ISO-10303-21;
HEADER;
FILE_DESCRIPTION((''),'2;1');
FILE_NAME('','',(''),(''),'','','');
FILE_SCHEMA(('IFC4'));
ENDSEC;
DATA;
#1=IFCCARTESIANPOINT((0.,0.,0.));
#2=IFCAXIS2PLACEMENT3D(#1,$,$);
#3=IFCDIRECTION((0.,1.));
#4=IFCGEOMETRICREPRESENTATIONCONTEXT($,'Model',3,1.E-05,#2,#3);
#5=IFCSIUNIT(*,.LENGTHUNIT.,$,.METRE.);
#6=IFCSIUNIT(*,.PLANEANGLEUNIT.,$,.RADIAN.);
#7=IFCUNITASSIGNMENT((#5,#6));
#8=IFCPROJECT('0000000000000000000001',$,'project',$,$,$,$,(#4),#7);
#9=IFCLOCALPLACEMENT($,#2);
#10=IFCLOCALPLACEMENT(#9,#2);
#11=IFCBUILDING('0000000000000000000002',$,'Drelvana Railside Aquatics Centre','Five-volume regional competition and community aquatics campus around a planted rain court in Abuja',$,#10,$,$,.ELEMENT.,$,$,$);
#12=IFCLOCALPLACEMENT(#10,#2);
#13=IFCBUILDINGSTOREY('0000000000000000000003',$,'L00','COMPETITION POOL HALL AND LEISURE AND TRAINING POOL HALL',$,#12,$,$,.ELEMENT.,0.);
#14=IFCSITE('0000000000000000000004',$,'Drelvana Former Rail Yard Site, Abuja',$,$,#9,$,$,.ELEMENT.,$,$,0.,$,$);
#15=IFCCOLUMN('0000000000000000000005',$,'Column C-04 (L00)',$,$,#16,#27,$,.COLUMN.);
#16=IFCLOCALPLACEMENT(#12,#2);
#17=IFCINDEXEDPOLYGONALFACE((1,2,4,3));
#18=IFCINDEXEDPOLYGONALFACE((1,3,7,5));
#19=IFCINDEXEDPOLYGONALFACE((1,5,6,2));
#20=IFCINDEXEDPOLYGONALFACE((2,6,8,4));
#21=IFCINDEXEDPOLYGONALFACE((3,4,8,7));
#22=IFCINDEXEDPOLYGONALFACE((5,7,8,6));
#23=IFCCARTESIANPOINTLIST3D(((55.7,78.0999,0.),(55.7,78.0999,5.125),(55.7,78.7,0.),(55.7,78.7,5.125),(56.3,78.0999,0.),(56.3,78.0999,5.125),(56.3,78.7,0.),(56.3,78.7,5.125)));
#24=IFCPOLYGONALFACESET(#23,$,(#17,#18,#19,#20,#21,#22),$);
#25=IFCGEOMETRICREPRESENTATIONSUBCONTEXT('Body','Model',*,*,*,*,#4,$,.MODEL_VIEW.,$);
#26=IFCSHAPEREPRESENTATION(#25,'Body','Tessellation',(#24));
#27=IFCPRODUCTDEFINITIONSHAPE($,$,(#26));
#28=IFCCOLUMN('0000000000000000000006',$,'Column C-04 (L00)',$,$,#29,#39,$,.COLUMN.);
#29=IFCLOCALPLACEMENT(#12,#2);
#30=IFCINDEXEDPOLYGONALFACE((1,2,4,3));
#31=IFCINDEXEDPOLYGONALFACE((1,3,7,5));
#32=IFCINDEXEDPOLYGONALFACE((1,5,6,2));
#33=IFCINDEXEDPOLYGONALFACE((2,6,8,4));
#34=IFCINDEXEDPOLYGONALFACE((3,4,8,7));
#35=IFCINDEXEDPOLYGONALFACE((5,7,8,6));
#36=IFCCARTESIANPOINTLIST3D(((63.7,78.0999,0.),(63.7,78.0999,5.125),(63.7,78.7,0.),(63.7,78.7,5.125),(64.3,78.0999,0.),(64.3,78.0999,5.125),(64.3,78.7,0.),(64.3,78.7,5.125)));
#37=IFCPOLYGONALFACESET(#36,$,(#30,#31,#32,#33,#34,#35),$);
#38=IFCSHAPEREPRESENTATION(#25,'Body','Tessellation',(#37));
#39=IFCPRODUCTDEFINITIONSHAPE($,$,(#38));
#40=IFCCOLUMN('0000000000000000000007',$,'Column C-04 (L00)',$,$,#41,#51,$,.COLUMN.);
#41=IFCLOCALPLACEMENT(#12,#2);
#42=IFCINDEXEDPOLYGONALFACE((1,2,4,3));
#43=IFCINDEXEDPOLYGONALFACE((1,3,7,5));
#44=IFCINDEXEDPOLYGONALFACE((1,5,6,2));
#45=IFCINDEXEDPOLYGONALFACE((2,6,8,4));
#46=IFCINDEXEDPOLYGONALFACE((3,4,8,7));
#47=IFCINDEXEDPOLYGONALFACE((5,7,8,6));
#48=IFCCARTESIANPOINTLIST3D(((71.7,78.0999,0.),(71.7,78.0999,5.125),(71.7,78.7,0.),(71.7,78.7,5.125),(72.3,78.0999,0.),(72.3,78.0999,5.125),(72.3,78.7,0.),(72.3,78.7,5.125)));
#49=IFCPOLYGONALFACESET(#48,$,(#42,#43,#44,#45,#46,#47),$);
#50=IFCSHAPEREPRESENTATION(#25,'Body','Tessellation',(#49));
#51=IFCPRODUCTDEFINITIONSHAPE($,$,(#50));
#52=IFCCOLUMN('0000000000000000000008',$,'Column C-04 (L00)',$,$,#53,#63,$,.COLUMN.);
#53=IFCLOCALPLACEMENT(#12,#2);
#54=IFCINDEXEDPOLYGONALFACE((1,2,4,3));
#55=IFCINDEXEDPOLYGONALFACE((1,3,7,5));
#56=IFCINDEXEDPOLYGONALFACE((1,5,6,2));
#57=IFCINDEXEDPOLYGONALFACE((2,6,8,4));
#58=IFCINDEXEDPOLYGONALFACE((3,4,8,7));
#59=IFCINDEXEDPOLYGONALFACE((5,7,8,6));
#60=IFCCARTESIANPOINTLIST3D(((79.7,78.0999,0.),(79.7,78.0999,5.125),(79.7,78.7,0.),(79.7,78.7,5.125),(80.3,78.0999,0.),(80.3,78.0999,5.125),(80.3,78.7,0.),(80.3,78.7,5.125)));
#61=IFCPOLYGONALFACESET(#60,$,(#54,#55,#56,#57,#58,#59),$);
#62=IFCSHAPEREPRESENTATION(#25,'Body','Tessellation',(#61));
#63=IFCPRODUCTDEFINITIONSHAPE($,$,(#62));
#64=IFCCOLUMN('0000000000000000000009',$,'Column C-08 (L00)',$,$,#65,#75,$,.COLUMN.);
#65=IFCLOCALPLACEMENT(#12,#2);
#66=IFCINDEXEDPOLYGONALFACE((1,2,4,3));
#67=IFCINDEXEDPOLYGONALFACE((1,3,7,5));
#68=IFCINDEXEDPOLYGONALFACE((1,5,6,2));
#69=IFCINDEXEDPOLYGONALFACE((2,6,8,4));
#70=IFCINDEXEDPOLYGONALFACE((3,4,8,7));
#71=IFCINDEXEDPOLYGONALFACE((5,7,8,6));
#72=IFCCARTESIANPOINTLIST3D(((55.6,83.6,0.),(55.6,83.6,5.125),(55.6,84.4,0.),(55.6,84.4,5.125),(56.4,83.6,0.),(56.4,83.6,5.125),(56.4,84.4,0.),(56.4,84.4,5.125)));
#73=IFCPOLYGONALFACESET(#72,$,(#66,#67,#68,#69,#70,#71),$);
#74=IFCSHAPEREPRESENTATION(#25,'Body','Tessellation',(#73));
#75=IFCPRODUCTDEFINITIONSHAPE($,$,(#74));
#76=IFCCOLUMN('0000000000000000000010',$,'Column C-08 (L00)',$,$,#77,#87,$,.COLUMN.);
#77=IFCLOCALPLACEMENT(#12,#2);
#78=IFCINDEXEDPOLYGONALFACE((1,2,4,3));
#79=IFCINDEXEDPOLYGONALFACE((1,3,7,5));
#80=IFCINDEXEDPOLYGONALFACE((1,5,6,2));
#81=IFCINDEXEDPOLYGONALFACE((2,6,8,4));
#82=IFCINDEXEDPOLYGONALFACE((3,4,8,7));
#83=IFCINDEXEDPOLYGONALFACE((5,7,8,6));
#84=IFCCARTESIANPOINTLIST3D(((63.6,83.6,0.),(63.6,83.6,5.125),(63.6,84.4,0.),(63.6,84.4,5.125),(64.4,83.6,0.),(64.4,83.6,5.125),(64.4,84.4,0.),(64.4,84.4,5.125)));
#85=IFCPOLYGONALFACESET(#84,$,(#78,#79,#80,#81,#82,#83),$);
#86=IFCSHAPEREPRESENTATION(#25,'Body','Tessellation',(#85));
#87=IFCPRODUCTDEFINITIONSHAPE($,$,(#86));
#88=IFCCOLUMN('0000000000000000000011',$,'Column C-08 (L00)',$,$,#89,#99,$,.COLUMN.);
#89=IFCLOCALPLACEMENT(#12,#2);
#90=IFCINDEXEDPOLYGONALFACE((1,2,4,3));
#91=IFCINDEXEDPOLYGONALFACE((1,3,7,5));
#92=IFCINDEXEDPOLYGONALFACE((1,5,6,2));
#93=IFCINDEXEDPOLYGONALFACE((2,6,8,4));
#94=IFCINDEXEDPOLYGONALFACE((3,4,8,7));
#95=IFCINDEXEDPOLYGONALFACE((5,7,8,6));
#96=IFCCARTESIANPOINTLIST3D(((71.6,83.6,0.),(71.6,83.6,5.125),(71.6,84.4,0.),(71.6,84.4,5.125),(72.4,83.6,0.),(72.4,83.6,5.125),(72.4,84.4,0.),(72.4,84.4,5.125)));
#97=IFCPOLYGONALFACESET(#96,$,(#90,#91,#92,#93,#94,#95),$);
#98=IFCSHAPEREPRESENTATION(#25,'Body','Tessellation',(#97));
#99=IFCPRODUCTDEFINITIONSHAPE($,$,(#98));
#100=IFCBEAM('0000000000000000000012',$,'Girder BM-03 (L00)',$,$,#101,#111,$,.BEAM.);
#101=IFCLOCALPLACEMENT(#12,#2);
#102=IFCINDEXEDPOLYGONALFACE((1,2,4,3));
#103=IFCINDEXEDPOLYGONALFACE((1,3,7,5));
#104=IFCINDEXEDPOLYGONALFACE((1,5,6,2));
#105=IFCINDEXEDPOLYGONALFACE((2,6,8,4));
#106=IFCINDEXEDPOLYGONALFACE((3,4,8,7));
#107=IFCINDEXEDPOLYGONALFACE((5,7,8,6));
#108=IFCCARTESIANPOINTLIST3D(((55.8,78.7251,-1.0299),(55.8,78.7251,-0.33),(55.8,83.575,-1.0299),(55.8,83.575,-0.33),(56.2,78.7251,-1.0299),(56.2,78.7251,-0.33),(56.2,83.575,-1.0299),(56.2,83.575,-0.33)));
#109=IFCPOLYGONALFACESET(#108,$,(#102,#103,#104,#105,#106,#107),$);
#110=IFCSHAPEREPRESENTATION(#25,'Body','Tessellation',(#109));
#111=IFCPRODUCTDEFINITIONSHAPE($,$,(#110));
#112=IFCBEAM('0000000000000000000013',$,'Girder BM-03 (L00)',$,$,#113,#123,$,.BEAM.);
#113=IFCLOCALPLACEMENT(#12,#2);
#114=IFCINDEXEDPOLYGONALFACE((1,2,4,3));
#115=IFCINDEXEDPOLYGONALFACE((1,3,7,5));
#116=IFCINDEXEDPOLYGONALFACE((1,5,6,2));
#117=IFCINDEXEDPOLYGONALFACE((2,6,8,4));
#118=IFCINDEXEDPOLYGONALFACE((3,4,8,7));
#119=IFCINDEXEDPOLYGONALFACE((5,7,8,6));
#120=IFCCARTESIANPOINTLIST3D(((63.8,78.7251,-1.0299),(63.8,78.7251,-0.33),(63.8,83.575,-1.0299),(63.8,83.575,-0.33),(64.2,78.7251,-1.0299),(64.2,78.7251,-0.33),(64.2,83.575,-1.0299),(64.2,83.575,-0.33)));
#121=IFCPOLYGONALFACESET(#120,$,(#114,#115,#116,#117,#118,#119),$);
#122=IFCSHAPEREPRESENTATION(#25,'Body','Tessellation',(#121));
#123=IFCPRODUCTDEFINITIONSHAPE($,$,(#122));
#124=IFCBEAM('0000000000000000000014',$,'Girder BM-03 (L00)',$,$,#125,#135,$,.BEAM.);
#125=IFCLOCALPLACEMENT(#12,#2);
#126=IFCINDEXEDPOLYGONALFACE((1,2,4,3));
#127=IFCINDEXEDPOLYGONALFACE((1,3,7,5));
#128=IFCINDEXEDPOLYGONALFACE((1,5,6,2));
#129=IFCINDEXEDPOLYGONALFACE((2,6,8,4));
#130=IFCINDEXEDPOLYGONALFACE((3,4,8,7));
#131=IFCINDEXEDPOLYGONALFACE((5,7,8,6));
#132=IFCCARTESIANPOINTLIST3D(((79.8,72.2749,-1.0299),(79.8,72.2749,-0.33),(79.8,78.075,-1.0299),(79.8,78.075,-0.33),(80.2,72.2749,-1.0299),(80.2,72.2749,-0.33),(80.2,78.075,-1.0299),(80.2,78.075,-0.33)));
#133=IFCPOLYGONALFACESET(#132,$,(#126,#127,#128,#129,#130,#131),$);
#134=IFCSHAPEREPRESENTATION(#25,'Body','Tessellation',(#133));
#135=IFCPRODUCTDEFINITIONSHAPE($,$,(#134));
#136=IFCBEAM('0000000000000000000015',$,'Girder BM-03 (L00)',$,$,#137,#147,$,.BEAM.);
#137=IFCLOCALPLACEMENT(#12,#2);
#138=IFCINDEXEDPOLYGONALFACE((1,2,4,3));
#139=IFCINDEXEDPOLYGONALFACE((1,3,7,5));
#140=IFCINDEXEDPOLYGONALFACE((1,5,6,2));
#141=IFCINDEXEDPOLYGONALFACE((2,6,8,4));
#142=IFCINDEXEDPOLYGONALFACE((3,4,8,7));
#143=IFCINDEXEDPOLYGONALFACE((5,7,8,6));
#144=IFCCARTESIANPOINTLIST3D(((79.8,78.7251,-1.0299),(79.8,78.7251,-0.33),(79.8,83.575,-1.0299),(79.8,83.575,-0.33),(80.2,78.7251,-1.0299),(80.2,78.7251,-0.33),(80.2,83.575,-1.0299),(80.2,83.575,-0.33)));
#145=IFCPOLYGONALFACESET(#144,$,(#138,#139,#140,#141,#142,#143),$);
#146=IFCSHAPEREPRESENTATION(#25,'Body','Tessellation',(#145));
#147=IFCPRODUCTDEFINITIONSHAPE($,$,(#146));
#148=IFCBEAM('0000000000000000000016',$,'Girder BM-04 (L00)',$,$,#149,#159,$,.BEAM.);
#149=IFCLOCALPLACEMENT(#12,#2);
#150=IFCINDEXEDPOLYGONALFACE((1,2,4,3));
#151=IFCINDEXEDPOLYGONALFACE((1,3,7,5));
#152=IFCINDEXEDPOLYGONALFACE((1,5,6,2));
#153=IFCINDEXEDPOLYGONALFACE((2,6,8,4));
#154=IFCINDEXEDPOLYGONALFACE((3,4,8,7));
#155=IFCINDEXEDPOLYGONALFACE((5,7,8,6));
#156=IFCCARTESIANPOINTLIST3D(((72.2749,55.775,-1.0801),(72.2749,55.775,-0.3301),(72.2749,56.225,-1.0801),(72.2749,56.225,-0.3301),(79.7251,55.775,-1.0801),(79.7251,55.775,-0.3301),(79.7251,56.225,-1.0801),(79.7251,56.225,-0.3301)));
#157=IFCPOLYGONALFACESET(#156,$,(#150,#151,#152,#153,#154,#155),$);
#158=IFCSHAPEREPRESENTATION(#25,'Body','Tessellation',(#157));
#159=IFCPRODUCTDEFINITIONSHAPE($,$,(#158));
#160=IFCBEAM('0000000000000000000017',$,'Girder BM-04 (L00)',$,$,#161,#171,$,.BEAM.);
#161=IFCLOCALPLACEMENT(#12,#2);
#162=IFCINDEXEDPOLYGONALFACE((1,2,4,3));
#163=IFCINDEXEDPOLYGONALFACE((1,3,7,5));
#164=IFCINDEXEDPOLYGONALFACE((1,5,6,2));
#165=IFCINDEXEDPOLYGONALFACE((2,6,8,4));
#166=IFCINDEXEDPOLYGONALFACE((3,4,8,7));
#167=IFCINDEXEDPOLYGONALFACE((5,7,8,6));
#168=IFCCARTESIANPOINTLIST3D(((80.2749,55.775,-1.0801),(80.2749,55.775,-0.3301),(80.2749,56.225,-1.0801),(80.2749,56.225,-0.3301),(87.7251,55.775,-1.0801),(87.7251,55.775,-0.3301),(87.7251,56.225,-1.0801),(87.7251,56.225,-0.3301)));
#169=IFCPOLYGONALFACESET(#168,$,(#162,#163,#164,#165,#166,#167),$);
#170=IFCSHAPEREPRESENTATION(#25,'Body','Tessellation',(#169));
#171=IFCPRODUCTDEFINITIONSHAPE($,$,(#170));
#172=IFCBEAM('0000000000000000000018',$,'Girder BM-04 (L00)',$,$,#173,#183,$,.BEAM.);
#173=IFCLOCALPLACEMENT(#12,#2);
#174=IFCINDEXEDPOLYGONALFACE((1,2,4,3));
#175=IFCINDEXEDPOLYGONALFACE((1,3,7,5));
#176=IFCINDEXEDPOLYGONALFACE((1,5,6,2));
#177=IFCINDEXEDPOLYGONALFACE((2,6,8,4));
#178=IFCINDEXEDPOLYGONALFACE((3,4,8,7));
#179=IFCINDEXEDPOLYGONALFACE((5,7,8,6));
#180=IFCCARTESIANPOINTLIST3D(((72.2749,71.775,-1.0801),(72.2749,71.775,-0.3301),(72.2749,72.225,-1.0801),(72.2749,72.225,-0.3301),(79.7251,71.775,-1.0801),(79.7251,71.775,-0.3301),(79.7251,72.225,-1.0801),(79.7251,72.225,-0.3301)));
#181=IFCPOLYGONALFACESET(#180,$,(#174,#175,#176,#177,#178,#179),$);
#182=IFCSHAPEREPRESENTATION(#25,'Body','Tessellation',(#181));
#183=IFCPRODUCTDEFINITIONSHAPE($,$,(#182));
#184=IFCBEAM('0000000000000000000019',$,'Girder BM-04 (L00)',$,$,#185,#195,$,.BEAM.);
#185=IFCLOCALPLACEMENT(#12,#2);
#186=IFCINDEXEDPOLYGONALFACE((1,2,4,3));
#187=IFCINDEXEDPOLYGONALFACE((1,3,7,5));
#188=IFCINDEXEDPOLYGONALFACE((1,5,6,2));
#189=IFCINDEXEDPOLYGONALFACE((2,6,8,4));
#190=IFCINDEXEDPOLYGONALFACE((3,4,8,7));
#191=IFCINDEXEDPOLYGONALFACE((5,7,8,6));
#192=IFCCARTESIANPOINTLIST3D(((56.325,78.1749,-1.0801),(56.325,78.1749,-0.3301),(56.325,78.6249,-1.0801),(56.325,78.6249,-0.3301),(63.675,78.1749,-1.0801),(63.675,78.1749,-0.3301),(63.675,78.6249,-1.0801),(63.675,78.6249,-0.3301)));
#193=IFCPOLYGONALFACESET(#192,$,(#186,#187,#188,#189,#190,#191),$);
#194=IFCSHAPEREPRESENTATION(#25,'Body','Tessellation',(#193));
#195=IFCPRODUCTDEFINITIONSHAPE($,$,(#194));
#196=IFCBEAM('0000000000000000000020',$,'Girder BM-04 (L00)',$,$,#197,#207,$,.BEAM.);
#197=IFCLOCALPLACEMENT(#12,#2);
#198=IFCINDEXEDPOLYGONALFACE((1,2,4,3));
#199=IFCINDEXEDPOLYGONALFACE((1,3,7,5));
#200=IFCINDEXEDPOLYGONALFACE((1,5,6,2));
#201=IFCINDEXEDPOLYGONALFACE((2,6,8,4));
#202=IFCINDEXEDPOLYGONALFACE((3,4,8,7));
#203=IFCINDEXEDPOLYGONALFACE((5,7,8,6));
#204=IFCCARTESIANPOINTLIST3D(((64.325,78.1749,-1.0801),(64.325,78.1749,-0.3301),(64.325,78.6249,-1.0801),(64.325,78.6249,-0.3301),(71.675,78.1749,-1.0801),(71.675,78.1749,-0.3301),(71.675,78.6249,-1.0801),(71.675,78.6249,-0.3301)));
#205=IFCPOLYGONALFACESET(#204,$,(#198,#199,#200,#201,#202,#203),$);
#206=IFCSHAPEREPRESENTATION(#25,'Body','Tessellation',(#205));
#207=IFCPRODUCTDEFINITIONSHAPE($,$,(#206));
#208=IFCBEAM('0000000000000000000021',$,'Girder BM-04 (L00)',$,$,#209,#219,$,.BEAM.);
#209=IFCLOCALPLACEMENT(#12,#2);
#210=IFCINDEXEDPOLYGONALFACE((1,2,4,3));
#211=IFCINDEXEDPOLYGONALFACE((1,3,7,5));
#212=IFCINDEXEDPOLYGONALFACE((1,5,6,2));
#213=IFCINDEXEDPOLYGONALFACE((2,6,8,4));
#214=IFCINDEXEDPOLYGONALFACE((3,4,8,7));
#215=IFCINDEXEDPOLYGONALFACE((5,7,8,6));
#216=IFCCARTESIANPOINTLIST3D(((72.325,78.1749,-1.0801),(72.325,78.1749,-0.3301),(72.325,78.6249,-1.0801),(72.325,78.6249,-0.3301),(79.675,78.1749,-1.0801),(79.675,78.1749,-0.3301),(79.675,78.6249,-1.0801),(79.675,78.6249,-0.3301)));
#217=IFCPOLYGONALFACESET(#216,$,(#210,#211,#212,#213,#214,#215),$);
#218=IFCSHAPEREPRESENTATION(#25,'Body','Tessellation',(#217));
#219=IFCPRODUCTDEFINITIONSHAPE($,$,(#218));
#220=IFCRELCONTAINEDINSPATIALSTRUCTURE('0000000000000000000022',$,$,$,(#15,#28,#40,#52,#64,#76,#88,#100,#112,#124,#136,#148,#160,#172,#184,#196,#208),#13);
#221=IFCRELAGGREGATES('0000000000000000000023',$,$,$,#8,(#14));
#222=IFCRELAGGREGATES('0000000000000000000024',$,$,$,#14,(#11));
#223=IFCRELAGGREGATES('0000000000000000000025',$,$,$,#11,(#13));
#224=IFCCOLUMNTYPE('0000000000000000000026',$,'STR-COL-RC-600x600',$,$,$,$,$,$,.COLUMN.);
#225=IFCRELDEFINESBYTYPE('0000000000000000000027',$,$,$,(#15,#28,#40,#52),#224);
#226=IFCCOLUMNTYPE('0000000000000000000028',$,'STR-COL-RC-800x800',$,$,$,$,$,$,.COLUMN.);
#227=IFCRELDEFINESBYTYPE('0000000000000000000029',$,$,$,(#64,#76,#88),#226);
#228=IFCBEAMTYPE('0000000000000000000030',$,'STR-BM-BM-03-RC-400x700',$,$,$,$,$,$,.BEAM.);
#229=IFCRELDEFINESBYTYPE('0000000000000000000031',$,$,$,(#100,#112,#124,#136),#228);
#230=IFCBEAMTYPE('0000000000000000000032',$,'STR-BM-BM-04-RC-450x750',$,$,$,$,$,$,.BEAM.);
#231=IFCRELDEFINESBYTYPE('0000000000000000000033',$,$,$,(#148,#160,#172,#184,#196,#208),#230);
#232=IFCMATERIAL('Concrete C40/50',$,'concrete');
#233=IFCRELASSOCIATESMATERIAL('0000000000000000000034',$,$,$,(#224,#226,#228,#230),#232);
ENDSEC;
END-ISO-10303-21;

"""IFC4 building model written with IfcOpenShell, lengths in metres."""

from ifc_helpers import new_model, si_unit, direction, frame, origin, origin_2d, place, context, subcontext, project, spatial, rectangle, extrude, material, material_profile, profile_set, type_object, element, save


model = new_model("IFC4")

# Units and contexts
model_context = context("Model", 3, precision=1e-05, world=origin(), true_north=direction((0.0, 1.0)))
body_context = subcontext(model_context, "Body", "Model", "MODEL_VIEW")
ifc_project = project(units=[si_unit("LENGTHUNIT", "METRE"), si_unit("PLANEANGLEUNIT", "RADIAN")], contexts=[model_context])

# Site, building, storey
site_placement = place(None, origin())
site = spatial("IfcSite", under=ifc_project, at=site_placement, Name="Drelvana Former Rail Yard Site, Abuja", CompositionType="ELEMENT", RefElevation=0.0)
building_placement = place(site_placement, origin())
building = spatial("IfcBuilding", under=site, at=building_placement, Name="Drelvana Railside Aquatics Centre", Description="Five-volume regional competition and community aquatics campus around a planted rain court in Abuja", CompositionType="ELEMENT")
storey_placement = place(building_placement, origin())
storey = spatial("IfcBuildingStorey", under=building, at=storey_placement, Name="L00", Description="COMPETITION POOL HALL AND LEISURE AND TRAINING POOL HALL", CompositionType="ELEMENT", Elevation=0.0)

# Columns
ifc_material_1 = material(Name="Concrete C40/50", Category="concrete")
ifc_material_profile_1 = material_profile(ifc_material_1, rectangle(XDim=0.6001, YDim=0.6001, at=origin_2d()), Name="RC 600x600")
ifc_profile_set_1 = profile_set([ifc_material_profile_1], Name="Concrete C40/50")
column_type_1 = type_object("IfcColumnType", Name="STR-COL-RC-600x600", PredefinedType="COLUMN", material=ifc_profile_set_1)
for number, where, z_axis, x_axis, name in (
    (1, (56.0, 78.3999, 0.0), (0.0, 0.0, 1.0), (1.0, 0.0, 0.0), "Column C-04 (L00)"),
    (2, (64.0, 78.3999, 0.0), (0.0, 0.0, 1.0), (1.0, 0.0, 0.0), "Column C-04 (L00)"),
    (3, (72.0, 78.3999, 0.0), (0.0, 0.0, 1.0), (1.0, 0.0, 0.0), "Column C-04 (L00)"),
    (4, (80.0, 78.3999, 0.0), (0.0, 0.0, 1.0), (1.0, 0.0, 0.0), "Column C-04 (L00)"),
):
    element("IfcColumn", number, at=place(storey_placement, frame(where, z_axis=z_axis, x_axis=x_axis)), inside=storey, type_object=column_type_1, Name=name, PredefinedType="COLUMN", context=body_context, shape_type="SweptSolid", body=[
        extrude(rectangle(XDim=0.6001, YDim=0.6001, at=origin_2d()), origin(), (0.0, 0.0, 1.0), 5.125),
    ])
ifc_material_profile_2 = material_profile(ifc_material_1, rectangle(XDim=0.8, YDim=0.8, at=origin_2d()), Name="RC 800x800")
ifc_profile_set_2 = profile_set([ifc_material_profile_2], Name="Concrete C40/50")
column_type_2 = type_object("IfcColumnType", Name="STR-COL-RC-800x800", PredefinedType="COLUMN", material=ifc_profile_set_2)
for number, where, z_axis, x_axis, name in (
    (5, (56.0, 84.0, 0.0), (0.0, 0.0, 1.0), (1.0, 0.0, 0.0), "Column C-08 (L00)"),
    (6, (64.0, 84.0, 0.0), (0.0, 0.0, 1.0), (1.0, 0.0, 0.0), "Column C-08 (L00)"),
    (7, (72.0, 84.0, 0.0), (0.0, 0.0, 1.0), (1.0, 0.0, 0.0), "Column C-08 (L00)"),
):
    element("IfcColumn", number, at=place(storey_placement, frame(where, z_axis=z_axis, x_axis=x_axis)), inside=storey, type_object=column_type_2, Name=name, PredefinedType="COLUMN", context=body_context, shape_type="SweptSolid", body=[
        extrude(rectangle(XDim=0.8, YDim=0.8, at=origin_2d()), origin(), (0.0, 0.0, 1.0), 5.125),
    ])

# Beams
ifc_material_profile_3 = material_profile(ifc_material_1, rectangle(XDim=0.3999, YDim=0.7, at=origin_2d()), Name="RC 400x700")
ifc_profile_set_3 = profile_set([ifc_material_profile_3], Name="Concrete C40/50")
beam_type_1 = type_object("IfcBeamType", Name="STR-BM-BM-03-RC-400x700", PredefinedType="BEAM", material=ifc_profile_set_3)
for number, where, z_axis, x_axis, name in (
    (8, (56.0, 78.7251, -0.6799), (0.0, 1.0, 0.0), (-1.0, 0.0, 0.0), "Girder BM-03 (L00)"),
    (9, (64.0, 78.7251, -0.6799), (0.0, 1.0, 0.0), (-1.0, 0.0, 0.0), "Girder BM-03 (L00)"),
):
    element("IfcBeam", number, at=place(storey_placement, frame(where, z_axis=z_axis, x_axis=x_axis)), inside=storey, type_object=beam_type_1, Name=name, PredefinedType="BEAM", context=body_context, shape_type="SweptSolid", body=[
        extrude(rectangle(XDim=0.3999, YDim=0.7, at=origin_2d()), origin(), (0.0, 0.0, 1.0), 4.8499),
    ])
beam_1_placement = place(storey_placement, frame((80.0, 72.2749, -0.6799), z_axis=(0.0, 1.0, 0.0), x_axis=(-1.0, 0.0, 0.0)))
element("IfcBeam", 10, at=beam_1_placement, inside=storey, type_object=beam_type_1, Name="Girder BM-03 (L00)", PredefinedType="BEAM", context=body_context, shape_type="SweptSolid", body=[
    extrude(rectangle(XDim=0.3999, YDim=0.7, at=origin_2d()), origin(), (0.0, 0.0, 1.0), 5.8),
])
beam_2_placement = place(storey_placement, frame((80.0, 78.7251, -0.6799), z_axis=(0.0, 1.0, 0.0), x_axis=(-1.0, 0.0, 0.0)))
element("IfcBeam", 11, at=beam_2_placement, inside=storey, type_object=beam_type_1, Name="Girder BM-03 (L00)", PredefinedType="BEAM", context=body_context, shape_type="SweptSolid", body=[
    extrude(rectangle(XDim=0.3999, YDim=0.7, at=origin_2d()), origin(), (0.0, 0.0, 1.0), 4.8499),
])
ifc_material_profile_4 = material_profile(ifc_material_1, rectangle(XDim=0.45, YDim=0.75, at=origin_2d()), Name="RC 450x750")
ifc_profile_set_4 = profile_set([ifc_material_profile_4], Name="Concrete C40/50")
beam_type_2 = type_object("IfcBeamType", Name="STR-BM-BM-04-RC-450x750", PredefinedType="BEAM", material=ifc_profile_set_4)
for number, where, z_axis, x_axis, name in (
    (12, (72.2749, 56.0, -0.7051), (1.0, 0.0, 0.0), (0.0, 1.0, 0.0), "Girder BM-04 (L00)"),
    (13, (80.2749, 56.0, -0.7051), (1.0, 0.0, 0.0), (0.0, 1.0, 0.0), "Girder BM-04 (L00)"),
    (14, (72.2749, 72.0, -0.7051), (1.0, 0.0, 0.0), (0.0, 1.0, 0.0), "Girder BM-04 (L00)"),
):
    element("IfcBeam", number, at=place(storey_placement, frame(where, z_axis=z_axis, x_axis=x_axis)), inside=storey, type_object=beam_type_2, Name=name, PredefinedType="BEAM", context=body_context, shape_type="SweptSolid", body=[
        extrude(rectangle(XDim=0.45, YDim=0.75, at=origin_2d()), origin(), (0.0, 0.0, 1.0), 7.4502),
    ])
for number, where, z_axis, x_axis, name in (
    (15, (56.325, 78.3999, -0.7051), (1.0, 0.0, 0.0), (0.0, 1.0, 0.0), "Girder BM-04 (L00)"),
    (16, (64.325, 78.3999, -0.7051), (1.0, 0.0, 0.0), (0.0, 1.0, 0.0), "Girder BM-04 (L00)"),
    (17, (72.325, 78.3999, -0.7051), (1.0, 0.0, 0.0), (0.0, 1.0, 0.0), "Girder BM-04 (L00)"),
):
    element("IfcBeam", number, at=place(storey_placement, frame(where, z_axis=z_axis, x_axis=x_axis)), inside=storey, type_object=beam_type_2, Name=name, PredefinedType="BEAM", context=body_context, shape_type="SweptSolid", body=[
        extrude(rectangle(XDim=0.45, YDim=0.75, at=origin_2d()), origin(), (0.0, 0.0, 1.0), 7.3501),
    ])

save(model, "model.ifc")
